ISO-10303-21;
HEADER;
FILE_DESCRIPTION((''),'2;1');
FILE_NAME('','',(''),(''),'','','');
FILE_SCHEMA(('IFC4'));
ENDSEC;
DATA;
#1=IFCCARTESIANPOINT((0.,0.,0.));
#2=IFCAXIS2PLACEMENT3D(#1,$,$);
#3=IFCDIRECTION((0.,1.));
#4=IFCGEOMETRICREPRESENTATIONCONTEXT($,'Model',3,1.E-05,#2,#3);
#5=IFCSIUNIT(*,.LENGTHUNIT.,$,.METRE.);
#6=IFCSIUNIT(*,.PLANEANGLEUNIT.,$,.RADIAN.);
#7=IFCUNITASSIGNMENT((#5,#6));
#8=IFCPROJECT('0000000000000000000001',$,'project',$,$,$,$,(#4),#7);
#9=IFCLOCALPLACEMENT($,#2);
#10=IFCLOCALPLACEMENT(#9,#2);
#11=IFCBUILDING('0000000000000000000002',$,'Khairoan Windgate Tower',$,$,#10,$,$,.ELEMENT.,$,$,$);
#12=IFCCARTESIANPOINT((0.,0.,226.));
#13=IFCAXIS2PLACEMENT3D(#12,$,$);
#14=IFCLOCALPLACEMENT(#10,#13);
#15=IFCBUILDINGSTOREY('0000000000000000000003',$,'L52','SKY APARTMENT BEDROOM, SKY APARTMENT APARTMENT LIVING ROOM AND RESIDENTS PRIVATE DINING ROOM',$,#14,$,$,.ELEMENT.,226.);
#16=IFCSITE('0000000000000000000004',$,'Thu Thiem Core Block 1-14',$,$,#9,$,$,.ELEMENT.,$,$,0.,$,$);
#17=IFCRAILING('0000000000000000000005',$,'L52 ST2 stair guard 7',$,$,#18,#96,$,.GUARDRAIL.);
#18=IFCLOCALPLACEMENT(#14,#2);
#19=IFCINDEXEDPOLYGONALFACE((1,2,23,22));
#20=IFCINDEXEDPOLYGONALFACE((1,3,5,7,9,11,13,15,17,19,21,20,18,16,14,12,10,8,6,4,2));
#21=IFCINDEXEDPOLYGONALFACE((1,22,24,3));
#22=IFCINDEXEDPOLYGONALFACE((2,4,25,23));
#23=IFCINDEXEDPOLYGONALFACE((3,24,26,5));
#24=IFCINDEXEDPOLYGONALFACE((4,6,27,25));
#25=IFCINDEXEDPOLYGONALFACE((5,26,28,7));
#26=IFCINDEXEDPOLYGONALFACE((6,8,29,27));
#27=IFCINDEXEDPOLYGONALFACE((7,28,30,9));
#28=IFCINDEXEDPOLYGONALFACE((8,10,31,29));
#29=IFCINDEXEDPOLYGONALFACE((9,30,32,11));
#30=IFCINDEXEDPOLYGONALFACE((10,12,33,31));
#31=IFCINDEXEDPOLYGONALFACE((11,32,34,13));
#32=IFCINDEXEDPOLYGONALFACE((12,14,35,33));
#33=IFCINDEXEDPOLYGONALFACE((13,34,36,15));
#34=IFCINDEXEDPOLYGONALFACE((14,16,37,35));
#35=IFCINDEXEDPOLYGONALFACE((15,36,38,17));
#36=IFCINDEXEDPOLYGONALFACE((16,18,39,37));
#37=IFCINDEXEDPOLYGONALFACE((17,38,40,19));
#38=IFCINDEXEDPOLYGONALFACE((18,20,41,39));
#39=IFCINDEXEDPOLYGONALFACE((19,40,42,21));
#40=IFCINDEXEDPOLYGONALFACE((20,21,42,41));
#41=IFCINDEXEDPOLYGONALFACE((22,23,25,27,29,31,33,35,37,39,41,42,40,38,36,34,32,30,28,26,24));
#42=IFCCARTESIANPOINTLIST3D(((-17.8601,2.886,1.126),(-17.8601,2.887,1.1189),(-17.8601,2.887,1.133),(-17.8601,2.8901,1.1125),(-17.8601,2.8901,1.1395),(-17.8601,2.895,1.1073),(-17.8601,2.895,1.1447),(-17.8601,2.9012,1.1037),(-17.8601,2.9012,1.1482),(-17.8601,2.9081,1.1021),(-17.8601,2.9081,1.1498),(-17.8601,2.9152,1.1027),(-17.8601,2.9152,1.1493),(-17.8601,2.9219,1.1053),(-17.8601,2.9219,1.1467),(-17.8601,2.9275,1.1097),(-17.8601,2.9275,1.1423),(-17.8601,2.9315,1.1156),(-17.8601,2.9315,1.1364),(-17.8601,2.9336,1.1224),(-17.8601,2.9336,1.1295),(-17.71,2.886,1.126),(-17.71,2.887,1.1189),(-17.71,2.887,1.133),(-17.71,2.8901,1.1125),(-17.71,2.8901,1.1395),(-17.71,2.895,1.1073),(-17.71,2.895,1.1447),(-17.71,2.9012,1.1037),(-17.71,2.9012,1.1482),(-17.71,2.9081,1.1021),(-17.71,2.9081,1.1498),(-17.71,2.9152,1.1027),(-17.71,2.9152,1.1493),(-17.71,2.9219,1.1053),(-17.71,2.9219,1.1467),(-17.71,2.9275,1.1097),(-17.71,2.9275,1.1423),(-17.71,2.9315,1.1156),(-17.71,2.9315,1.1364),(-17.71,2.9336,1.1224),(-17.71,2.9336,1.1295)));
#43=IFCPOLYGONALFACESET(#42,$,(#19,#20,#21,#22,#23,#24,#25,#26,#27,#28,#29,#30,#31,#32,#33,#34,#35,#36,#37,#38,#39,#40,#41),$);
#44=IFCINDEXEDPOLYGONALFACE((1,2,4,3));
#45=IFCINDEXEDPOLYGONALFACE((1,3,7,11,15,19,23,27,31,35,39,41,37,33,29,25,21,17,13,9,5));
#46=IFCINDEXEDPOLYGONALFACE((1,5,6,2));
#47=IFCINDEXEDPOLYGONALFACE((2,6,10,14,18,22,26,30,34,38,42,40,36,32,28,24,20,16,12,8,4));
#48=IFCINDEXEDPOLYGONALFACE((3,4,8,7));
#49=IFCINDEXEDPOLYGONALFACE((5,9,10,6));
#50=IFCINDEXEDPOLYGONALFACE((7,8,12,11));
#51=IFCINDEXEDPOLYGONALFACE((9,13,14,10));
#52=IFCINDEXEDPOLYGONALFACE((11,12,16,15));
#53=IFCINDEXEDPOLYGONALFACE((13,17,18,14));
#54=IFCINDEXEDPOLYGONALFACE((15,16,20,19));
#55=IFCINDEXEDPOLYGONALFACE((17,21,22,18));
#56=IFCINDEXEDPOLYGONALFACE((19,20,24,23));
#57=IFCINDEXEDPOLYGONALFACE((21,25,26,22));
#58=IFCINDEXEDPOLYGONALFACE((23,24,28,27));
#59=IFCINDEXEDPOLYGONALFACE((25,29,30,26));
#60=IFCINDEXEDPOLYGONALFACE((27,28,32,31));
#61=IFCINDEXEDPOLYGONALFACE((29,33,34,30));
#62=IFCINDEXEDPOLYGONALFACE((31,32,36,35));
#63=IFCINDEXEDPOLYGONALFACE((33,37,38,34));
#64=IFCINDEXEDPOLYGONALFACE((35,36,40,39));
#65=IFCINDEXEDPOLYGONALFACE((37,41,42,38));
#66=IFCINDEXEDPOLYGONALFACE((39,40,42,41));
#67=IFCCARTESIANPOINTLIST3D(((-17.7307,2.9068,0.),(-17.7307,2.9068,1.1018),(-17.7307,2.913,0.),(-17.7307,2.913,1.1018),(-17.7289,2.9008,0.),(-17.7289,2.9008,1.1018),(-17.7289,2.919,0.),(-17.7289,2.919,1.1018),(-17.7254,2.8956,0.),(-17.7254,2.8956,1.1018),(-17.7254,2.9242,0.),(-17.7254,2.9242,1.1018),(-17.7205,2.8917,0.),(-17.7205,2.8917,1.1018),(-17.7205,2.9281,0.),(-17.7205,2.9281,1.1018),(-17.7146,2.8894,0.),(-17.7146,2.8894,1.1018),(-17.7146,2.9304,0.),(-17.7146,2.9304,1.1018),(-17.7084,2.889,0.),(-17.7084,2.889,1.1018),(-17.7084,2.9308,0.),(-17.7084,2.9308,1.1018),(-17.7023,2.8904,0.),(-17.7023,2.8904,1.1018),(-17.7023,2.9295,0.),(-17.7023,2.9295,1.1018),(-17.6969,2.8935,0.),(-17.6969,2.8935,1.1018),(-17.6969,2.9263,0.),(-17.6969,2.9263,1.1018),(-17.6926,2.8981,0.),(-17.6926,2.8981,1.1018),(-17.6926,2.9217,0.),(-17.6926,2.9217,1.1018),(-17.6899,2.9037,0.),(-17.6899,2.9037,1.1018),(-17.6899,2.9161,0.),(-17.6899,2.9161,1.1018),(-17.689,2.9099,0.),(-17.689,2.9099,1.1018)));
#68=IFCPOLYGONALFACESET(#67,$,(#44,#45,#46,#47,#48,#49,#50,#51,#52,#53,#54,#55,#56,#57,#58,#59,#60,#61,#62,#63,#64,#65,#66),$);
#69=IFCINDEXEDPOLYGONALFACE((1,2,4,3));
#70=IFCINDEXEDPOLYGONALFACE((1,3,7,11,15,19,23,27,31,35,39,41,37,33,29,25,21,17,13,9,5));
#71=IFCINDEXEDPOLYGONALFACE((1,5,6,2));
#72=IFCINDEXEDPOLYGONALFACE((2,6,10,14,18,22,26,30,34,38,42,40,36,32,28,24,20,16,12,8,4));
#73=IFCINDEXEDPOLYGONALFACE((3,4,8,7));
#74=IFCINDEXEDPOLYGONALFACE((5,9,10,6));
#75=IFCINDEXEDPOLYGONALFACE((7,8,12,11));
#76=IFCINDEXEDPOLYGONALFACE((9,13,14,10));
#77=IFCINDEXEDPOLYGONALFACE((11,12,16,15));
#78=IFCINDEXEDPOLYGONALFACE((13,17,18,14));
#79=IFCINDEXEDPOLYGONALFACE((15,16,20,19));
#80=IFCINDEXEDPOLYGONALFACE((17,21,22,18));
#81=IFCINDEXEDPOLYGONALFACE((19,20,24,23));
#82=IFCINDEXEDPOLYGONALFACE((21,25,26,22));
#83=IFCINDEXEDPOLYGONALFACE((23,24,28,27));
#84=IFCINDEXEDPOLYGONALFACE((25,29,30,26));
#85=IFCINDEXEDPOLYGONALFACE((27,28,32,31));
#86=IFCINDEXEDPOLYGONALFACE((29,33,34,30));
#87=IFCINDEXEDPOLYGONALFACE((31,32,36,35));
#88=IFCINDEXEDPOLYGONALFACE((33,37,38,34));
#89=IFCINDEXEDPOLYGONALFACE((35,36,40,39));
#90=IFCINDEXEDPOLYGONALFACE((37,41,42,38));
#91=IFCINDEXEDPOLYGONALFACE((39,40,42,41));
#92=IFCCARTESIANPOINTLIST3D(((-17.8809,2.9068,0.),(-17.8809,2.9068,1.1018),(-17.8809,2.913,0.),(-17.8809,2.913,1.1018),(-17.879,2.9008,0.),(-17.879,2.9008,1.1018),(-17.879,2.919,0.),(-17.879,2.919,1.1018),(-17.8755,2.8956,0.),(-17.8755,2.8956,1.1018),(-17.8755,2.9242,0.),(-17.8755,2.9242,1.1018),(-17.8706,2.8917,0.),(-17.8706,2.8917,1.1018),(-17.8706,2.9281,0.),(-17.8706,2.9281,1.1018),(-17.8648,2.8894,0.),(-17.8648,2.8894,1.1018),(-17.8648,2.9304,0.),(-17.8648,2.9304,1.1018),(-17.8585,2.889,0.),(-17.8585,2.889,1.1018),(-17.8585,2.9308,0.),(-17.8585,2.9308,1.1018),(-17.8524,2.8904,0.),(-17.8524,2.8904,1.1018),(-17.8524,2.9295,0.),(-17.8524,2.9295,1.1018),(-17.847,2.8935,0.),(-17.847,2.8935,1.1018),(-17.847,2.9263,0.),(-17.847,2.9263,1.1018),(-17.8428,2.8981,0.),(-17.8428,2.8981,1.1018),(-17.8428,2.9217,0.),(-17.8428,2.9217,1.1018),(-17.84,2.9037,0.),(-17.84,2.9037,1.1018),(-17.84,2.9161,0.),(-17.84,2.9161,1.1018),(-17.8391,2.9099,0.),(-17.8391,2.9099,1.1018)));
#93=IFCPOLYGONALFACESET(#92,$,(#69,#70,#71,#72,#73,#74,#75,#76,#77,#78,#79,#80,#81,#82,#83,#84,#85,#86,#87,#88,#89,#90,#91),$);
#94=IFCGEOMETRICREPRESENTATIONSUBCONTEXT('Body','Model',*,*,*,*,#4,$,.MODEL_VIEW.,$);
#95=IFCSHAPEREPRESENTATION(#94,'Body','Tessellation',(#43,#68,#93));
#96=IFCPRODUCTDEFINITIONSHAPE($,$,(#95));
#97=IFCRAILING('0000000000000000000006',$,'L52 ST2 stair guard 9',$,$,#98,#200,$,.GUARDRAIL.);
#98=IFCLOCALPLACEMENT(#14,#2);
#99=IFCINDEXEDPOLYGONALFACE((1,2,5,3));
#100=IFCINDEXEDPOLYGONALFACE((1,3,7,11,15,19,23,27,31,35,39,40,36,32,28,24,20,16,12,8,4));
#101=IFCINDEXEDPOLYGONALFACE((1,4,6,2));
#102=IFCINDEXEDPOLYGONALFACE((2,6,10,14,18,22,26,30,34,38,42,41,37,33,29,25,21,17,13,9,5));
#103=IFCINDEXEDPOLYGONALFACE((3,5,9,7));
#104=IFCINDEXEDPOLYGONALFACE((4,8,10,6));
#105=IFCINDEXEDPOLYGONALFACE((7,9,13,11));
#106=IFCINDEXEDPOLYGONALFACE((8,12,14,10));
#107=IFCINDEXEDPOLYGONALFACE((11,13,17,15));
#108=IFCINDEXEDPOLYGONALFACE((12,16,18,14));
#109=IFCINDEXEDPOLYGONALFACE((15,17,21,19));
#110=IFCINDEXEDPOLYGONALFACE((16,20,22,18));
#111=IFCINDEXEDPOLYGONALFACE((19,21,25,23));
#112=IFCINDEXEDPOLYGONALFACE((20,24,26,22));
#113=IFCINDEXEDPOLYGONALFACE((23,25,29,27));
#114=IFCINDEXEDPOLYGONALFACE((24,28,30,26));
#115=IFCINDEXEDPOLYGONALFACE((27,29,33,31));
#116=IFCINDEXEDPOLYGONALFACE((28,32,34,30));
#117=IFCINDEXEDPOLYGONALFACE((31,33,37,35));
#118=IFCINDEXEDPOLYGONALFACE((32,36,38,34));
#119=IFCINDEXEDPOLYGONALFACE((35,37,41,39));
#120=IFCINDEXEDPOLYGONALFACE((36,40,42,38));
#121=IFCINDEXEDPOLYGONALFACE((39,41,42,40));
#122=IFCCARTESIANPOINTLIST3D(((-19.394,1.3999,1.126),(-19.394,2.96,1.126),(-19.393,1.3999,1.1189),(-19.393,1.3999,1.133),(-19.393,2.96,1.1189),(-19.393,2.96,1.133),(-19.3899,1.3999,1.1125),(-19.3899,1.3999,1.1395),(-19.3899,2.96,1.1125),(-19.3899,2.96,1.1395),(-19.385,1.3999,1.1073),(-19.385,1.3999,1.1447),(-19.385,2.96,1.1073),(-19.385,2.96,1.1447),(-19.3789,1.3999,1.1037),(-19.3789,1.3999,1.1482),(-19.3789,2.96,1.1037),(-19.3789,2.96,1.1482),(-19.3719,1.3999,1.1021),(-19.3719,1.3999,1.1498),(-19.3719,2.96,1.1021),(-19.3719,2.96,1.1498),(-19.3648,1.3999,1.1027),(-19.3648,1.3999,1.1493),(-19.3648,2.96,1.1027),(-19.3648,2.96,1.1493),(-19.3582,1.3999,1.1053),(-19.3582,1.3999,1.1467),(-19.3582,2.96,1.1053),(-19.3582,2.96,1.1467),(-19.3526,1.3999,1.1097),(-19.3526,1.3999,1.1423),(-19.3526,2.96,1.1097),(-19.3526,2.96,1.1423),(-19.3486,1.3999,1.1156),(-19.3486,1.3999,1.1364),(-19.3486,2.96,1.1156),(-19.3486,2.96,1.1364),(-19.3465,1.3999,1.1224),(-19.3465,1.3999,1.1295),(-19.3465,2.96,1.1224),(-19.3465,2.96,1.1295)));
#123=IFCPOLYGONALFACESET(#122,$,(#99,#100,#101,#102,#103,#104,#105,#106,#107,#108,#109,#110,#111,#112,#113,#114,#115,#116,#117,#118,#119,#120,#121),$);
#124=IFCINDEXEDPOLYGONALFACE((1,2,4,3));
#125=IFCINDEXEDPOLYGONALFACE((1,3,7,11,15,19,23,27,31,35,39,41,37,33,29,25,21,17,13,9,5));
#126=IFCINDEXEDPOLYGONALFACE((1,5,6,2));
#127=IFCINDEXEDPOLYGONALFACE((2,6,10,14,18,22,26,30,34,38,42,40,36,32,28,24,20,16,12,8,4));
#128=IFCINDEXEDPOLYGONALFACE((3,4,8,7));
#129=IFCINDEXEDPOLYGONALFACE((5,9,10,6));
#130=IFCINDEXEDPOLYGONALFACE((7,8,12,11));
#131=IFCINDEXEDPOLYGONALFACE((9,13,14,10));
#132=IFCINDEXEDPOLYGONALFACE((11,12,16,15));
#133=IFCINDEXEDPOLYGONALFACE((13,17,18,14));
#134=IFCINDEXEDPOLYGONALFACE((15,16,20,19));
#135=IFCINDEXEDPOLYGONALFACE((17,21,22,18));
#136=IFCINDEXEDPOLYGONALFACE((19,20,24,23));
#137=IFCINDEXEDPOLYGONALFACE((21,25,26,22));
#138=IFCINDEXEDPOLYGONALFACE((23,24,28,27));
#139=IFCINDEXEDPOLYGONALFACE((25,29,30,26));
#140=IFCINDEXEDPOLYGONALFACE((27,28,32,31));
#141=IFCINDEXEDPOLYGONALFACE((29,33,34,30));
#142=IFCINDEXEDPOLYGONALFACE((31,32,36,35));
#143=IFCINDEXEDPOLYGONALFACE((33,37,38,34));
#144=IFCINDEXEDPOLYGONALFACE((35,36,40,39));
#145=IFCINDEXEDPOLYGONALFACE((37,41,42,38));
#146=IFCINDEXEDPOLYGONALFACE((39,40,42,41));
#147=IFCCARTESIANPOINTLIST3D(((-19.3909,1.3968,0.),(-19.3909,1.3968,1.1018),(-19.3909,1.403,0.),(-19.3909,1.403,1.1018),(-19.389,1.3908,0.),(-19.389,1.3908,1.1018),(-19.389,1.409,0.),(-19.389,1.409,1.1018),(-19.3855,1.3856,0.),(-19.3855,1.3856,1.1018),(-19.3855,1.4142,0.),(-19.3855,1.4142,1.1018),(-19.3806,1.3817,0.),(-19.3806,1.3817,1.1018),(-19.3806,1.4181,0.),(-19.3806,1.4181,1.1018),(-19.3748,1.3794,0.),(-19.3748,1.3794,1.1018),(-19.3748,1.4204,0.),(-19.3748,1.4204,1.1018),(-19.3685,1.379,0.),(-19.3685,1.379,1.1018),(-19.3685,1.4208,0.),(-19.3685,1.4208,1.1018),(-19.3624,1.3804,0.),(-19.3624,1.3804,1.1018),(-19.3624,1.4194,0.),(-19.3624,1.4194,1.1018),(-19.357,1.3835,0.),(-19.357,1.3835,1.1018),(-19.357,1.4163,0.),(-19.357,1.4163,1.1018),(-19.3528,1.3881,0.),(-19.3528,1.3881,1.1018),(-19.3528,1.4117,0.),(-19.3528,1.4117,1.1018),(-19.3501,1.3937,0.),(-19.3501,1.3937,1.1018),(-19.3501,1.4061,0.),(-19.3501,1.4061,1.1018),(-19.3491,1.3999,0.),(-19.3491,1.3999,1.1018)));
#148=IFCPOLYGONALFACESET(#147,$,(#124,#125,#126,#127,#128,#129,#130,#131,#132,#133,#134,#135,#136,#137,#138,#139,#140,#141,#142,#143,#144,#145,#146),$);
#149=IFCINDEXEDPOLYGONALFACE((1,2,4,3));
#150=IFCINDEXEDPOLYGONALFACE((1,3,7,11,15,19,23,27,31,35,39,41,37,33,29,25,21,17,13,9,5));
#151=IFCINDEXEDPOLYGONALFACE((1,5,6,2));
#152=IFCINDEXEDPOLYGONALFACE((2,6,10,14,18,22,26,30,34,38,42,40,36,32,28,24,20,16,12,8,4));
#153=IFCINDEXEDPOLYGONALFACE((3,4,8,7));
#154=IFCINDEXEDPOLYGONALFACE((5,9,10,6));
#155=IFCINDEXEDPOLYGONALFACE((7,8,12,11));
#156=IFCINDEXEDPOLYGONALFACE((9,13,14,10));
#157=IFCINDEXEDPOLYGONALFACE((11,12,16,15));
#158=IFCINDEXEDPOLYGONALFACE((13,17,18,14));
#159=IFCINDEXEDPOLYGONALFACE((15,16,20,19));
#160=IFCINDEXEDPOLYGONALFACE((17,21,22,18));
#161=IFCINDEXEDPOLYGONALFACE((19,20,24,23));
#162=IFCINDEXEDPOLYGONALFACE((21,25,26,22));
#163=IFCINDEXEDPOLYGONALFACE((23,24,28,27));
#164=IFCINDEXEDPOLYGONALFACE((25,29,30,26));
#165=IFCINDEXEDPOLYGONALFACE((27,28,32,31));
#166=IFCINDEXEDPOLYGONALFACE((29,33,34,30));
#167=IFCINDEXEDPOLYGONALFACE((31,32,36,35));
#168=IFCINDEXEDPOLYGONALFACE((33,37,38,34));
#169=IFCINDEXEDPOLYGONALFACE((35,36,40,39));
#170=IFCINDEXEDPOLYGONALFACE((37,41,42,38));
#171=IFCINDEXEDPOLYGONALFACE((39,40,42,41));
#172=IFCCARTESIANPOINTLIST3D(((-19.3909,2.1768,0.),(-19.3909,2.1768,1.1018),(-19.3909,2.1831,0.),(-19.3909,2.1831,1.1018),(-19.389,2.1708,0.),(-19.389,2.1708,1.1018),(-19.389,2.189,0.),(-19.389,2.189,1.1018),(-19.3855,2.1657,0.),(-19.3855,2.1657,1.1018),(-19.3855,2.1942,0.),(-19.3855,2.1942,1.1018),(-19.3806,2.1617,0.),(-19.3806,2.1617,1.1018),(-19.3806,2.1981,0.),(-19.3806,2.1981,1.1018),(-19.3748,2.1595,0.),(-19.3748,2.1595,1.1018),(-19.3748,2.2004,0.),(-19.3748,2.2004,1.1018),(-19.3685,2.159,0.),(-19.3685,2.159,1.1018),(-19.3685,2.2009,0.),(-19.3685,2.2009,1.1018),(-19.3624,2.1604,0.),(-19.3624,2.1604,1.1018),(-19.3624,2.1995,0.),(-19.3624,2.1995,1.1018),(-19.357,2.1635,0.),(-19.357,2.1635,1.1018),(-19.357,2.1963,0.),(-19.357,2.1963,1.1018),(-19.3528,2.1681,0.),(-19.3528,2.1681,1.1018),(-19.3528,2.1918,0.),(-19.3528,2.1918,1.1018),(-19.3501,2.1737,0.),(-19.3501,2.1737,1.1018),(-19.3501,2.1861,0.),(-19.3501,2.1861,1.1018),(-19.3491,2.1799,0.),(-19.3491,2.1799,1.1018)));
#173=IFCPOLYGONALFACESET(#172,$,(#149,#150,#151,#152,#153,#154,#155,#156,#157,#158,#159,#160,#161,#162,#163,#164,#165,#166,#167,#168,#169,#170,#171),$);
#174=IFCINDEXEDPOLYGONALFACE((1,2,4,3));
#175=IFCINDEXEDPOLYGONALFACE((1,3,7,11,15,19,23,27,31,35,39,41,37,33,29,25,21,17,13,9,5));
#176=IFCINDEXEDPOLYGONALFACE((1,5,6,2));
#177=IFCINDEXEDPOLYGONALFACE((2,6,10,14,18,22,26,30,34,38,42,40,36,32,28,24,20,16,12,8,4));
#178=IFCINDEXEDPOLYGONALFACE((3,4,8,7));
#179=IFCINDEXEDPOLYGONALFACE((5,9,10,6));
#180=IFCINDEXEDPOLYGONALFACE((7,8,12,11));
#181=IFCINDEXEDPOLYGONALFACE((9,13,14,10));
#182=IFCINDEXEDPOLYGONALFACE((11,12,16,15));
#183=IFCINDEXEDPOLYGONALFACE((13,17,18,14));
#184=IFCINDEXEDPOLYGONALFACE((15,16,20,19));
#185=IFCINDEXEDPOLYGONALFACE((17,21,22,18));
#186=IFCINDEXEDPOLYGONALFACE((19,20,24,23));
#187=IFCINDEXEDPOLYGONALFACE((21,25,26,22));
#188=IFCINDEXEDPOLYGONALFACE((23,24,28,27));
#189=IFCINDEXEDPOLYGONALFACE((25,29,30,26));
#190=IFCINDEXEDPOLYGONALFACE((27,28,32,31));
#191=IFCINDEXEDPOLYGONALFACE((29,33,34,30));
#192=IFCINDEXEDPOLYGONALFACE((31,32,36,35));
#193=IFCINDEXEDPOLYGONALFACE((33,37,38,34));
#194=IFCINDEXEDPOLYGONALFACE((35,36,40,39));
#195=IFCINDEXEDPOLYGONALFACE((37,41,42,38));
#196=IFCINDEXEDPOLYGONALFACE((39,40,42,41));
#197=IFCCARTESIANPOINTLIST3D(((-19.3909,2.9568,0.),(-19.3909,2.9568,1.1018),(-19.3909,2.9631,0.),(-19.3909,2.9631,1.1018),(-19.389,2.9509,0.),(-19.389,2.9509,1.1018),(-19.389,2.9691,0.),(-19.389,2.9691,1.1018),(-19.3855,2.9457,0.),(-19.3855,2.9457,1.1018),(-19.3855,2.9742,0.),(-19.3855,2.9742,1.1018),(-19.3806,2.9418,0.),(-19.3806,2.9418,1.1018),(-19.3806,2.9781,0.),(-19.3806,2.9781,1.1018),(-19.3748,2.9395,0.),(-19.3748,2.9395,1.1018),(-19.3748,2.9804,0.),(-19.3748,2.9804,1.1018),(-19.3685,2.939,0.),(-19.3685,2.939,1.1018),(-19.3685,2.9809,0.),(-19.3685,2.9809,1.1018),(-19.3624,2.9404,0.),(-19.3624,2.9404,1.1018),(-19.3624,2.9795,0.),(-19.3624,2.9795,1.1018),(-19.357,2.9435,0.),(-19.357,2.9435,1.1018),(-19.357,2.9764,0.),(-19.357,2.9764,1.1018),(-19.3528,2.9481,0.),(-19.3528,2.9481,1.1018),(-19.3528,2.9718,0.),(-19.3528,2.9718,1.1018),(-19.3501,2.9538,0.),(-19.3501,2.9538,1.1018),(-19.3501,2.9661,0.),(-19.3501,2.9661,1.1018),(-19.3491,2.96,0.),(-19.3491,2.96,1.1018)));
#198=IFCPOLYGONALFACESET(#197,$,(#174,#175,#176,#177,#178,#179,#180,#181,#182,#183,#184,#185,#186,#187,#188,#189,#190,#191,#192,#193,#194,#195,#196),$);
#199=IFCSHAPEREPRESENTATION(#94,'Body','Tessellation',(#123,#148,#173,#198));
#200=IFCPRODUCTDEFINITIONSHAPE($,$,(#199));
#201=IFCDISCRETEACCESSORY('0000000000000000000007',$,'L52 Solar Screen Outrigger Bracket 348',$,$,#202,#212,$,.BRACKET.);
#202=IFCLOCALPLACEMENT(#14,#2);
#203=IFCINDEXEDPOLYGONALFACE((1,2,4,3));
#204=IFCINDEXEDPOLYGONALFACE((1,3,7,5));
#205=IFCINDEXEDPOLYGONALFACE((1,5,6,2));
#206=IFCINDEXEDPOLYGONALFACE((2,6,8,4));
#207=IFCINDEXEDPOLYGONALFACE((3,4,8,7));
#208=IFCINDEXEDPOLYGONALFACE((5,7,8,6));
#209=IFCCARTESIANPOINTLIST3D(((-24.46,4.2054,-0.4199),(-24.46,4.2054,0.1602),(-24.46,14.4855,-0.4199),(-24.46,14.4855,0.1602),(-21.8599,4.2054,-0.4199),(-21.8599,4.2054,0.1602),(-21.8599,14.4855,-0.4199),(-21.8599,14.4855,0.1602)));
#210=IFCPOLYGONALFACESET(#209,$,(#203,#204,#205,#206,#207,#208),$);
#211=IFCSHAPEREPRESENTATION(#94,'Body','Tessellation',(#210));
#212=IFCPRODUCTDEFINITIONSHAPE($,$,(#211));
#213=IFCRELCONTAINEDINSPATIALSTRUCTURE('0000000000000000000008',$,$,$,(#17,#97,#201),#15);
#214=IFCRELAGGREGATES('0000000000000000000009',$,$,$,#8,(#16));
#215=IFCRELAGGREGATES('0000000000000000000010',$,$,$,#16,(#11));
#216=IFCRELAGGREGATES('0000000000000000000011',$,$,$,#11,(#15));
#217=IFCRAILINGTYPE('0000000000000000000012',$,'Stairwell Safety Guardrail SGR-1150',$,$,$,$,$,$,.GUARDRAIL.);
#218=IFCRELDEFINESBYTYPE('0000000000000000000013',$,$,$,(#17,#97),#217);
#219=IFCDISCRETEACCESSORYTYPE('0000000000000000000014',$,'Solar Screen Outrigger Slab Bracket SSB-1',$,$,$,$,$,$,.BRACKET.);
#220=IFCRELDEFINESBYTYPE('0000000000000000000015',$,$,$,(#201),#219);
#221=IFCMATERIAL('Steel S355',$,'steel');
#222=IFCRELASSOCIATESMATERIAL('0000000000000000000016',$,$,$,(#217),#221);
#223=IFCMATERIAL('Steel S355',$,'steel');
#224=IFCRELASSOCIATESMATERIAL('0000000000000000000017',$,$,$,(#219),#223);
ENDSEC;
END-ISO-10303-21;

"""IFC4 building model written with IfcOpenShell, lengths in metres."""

from ifc_helpers import new_model, si_unit, direction, frame, origin, origin_2d, place, context, subcontext, project, spatial, rectangle, circle, extrude, material, type_object, element, save


model = new_model("IFC4")

# Units and contexts
model_context = context("Model", 3, precision=1e-05, world=origin(), true_north=direction((0.0, 1.0)))
body_context = subcontext(model_context, "Body", "Model", "MODEL_VIEW")
ifc_project = project(units=[si_unit("LENGTHUNIT", "METRE"), si_unit("PLANEANGLEUNIT", "RADIAN")], contexts=[model_context])

# Site, building, storey
site_placement = place(None, origin())
site = spatial("IfcSite", under=ifc_project, at=site_placement, Name="Thu Thiem Core Block 1-14", CompositionType="ELEMENT", RefElevation=0.0)
building_placement = place(site_placement, origin())
building = spatial("IfcBuilding", under=site, at=building_placement, Name="Khairoan Windgate Tower", CompositionType="ELEMENT")
storey_placement = place(building_placement, frame((0.0, 0.0, 226.0)))
storey = spatial("IfcBuildingStorey", under=building, at=storey_placement, Name="L52", Description="SKY APARTMENT BEDROOM, SKY APARTMENT APARTMENT LIVING ROOM AND RESIDENTS PRIVATE DINING ROOM", CompositionType="ELEMENT", Elevation=226.0)

# Railings
ifc_material_1 = material(Name="Steel S355", Category="steel")
railing_type_1 = type_object("IfcRailingType", Name="Stairwell Safety Guardrail SGR-1150", PredefinedType="GUARDRAIL", material=ifc_material_1)
railing_1_placement = place(storey_placement, frame((-17.71, 2.9099, 0.0)))
element("IfcRailing", 1, at=railing_1_placement, inside=storey, type_object=railing_type_1, Name="L52 ST2 stair guard 7", PredefinedType="GUARDRAIL", context=body_context, shape_type="SweptSolid", body=[
    extrude(circle(Radius=0.0239, at=origin_2d()), frame((0.0, 0.0, 1.126), z_axis=(-1.0, 0.0, 0.0), x_axis=(0.0, -1.0, 0.0)), (0.0, 0.0, 1.0), 0.1501),
    extrude(circle(Radius=0.021, at=origin_2d()), origin(), (0.0, 0.0, 1.0), 1.1018),
    extrude(circle(Radius=0.021, at=origin_2d()), frame((-0.1501, 0.0, 0.0)), (0.0, 0.0, 1.0), 1.1018),
])
railing_2_placement = place(storey_placement, frame((-19.3701, 1.3999, 0.0)))
element("IfcRailing", 2, at=railing_2_placement, inside=storey, type_object=railing_type_1, Name="L52 ST2 stair guard 9", PredefinedType="GUARDRAIL", context=body_context, shape_type="SweptSolid", body=[
    extrude(circle(Radius=0.0239, at=origin_2d()), frame((0.0, 0.0, 1.126), z_axis=(0.0, 1.0, 0.0), x_axis=(-1.0, 0.0, 0.0)), (0.0, 0.0, 1.0), 1.5601),
    extrude(circle(Radius=0.021, at=origin_2d()), origin(), (0.0, 0.0, 1.0), 1.1018),
    extrude(circle(Radius=0.021, at=origin_2d()), frame((0.0, 0.78, 0.0)), (0.0, 0.0, 1.0), 1.1018),
    extrude(circle(Radius=0.021, at=origin_2d()), frame((0.0, 1.5601, 0.0)), (0.0, 0.0, 1.0), 1.1018),
])

# Discrete accessory
ifc_material_2 = material(Name="Steel S355", Category="steel")
discrete_accessory_type = type_object("IfcDiscreteAccessoryType", Name="Solar Screen Outrigger Slab Bracket SSB-1", PredefinedType="BRACKET", material=ifc_material_2)
discrete_accessory_placement = place(storey_placement, frame((-23.1599, 9.3455, -0.4199), z_axis=(0.0, 0.0, 1.0), x_axis=(0.0, 1.0, 0.0)))
element("IfcDiscreteAccessory", 3, at=discrete_accessory_placement, inside=storey, type_object=discrete_accessory_type, Name="L52 Solar Screen Outrigger Bracket 348", PredefinedType="BRACKET", context=body_context, shape_type="SweptSolid", body=[
    extrude(rectangle(XDim=10.28, YDim=2.6001, at=origin_2d()), origin(), (0.0, 0.0, 1.0), 0.5801),
])

save(model, "model.ifc")
